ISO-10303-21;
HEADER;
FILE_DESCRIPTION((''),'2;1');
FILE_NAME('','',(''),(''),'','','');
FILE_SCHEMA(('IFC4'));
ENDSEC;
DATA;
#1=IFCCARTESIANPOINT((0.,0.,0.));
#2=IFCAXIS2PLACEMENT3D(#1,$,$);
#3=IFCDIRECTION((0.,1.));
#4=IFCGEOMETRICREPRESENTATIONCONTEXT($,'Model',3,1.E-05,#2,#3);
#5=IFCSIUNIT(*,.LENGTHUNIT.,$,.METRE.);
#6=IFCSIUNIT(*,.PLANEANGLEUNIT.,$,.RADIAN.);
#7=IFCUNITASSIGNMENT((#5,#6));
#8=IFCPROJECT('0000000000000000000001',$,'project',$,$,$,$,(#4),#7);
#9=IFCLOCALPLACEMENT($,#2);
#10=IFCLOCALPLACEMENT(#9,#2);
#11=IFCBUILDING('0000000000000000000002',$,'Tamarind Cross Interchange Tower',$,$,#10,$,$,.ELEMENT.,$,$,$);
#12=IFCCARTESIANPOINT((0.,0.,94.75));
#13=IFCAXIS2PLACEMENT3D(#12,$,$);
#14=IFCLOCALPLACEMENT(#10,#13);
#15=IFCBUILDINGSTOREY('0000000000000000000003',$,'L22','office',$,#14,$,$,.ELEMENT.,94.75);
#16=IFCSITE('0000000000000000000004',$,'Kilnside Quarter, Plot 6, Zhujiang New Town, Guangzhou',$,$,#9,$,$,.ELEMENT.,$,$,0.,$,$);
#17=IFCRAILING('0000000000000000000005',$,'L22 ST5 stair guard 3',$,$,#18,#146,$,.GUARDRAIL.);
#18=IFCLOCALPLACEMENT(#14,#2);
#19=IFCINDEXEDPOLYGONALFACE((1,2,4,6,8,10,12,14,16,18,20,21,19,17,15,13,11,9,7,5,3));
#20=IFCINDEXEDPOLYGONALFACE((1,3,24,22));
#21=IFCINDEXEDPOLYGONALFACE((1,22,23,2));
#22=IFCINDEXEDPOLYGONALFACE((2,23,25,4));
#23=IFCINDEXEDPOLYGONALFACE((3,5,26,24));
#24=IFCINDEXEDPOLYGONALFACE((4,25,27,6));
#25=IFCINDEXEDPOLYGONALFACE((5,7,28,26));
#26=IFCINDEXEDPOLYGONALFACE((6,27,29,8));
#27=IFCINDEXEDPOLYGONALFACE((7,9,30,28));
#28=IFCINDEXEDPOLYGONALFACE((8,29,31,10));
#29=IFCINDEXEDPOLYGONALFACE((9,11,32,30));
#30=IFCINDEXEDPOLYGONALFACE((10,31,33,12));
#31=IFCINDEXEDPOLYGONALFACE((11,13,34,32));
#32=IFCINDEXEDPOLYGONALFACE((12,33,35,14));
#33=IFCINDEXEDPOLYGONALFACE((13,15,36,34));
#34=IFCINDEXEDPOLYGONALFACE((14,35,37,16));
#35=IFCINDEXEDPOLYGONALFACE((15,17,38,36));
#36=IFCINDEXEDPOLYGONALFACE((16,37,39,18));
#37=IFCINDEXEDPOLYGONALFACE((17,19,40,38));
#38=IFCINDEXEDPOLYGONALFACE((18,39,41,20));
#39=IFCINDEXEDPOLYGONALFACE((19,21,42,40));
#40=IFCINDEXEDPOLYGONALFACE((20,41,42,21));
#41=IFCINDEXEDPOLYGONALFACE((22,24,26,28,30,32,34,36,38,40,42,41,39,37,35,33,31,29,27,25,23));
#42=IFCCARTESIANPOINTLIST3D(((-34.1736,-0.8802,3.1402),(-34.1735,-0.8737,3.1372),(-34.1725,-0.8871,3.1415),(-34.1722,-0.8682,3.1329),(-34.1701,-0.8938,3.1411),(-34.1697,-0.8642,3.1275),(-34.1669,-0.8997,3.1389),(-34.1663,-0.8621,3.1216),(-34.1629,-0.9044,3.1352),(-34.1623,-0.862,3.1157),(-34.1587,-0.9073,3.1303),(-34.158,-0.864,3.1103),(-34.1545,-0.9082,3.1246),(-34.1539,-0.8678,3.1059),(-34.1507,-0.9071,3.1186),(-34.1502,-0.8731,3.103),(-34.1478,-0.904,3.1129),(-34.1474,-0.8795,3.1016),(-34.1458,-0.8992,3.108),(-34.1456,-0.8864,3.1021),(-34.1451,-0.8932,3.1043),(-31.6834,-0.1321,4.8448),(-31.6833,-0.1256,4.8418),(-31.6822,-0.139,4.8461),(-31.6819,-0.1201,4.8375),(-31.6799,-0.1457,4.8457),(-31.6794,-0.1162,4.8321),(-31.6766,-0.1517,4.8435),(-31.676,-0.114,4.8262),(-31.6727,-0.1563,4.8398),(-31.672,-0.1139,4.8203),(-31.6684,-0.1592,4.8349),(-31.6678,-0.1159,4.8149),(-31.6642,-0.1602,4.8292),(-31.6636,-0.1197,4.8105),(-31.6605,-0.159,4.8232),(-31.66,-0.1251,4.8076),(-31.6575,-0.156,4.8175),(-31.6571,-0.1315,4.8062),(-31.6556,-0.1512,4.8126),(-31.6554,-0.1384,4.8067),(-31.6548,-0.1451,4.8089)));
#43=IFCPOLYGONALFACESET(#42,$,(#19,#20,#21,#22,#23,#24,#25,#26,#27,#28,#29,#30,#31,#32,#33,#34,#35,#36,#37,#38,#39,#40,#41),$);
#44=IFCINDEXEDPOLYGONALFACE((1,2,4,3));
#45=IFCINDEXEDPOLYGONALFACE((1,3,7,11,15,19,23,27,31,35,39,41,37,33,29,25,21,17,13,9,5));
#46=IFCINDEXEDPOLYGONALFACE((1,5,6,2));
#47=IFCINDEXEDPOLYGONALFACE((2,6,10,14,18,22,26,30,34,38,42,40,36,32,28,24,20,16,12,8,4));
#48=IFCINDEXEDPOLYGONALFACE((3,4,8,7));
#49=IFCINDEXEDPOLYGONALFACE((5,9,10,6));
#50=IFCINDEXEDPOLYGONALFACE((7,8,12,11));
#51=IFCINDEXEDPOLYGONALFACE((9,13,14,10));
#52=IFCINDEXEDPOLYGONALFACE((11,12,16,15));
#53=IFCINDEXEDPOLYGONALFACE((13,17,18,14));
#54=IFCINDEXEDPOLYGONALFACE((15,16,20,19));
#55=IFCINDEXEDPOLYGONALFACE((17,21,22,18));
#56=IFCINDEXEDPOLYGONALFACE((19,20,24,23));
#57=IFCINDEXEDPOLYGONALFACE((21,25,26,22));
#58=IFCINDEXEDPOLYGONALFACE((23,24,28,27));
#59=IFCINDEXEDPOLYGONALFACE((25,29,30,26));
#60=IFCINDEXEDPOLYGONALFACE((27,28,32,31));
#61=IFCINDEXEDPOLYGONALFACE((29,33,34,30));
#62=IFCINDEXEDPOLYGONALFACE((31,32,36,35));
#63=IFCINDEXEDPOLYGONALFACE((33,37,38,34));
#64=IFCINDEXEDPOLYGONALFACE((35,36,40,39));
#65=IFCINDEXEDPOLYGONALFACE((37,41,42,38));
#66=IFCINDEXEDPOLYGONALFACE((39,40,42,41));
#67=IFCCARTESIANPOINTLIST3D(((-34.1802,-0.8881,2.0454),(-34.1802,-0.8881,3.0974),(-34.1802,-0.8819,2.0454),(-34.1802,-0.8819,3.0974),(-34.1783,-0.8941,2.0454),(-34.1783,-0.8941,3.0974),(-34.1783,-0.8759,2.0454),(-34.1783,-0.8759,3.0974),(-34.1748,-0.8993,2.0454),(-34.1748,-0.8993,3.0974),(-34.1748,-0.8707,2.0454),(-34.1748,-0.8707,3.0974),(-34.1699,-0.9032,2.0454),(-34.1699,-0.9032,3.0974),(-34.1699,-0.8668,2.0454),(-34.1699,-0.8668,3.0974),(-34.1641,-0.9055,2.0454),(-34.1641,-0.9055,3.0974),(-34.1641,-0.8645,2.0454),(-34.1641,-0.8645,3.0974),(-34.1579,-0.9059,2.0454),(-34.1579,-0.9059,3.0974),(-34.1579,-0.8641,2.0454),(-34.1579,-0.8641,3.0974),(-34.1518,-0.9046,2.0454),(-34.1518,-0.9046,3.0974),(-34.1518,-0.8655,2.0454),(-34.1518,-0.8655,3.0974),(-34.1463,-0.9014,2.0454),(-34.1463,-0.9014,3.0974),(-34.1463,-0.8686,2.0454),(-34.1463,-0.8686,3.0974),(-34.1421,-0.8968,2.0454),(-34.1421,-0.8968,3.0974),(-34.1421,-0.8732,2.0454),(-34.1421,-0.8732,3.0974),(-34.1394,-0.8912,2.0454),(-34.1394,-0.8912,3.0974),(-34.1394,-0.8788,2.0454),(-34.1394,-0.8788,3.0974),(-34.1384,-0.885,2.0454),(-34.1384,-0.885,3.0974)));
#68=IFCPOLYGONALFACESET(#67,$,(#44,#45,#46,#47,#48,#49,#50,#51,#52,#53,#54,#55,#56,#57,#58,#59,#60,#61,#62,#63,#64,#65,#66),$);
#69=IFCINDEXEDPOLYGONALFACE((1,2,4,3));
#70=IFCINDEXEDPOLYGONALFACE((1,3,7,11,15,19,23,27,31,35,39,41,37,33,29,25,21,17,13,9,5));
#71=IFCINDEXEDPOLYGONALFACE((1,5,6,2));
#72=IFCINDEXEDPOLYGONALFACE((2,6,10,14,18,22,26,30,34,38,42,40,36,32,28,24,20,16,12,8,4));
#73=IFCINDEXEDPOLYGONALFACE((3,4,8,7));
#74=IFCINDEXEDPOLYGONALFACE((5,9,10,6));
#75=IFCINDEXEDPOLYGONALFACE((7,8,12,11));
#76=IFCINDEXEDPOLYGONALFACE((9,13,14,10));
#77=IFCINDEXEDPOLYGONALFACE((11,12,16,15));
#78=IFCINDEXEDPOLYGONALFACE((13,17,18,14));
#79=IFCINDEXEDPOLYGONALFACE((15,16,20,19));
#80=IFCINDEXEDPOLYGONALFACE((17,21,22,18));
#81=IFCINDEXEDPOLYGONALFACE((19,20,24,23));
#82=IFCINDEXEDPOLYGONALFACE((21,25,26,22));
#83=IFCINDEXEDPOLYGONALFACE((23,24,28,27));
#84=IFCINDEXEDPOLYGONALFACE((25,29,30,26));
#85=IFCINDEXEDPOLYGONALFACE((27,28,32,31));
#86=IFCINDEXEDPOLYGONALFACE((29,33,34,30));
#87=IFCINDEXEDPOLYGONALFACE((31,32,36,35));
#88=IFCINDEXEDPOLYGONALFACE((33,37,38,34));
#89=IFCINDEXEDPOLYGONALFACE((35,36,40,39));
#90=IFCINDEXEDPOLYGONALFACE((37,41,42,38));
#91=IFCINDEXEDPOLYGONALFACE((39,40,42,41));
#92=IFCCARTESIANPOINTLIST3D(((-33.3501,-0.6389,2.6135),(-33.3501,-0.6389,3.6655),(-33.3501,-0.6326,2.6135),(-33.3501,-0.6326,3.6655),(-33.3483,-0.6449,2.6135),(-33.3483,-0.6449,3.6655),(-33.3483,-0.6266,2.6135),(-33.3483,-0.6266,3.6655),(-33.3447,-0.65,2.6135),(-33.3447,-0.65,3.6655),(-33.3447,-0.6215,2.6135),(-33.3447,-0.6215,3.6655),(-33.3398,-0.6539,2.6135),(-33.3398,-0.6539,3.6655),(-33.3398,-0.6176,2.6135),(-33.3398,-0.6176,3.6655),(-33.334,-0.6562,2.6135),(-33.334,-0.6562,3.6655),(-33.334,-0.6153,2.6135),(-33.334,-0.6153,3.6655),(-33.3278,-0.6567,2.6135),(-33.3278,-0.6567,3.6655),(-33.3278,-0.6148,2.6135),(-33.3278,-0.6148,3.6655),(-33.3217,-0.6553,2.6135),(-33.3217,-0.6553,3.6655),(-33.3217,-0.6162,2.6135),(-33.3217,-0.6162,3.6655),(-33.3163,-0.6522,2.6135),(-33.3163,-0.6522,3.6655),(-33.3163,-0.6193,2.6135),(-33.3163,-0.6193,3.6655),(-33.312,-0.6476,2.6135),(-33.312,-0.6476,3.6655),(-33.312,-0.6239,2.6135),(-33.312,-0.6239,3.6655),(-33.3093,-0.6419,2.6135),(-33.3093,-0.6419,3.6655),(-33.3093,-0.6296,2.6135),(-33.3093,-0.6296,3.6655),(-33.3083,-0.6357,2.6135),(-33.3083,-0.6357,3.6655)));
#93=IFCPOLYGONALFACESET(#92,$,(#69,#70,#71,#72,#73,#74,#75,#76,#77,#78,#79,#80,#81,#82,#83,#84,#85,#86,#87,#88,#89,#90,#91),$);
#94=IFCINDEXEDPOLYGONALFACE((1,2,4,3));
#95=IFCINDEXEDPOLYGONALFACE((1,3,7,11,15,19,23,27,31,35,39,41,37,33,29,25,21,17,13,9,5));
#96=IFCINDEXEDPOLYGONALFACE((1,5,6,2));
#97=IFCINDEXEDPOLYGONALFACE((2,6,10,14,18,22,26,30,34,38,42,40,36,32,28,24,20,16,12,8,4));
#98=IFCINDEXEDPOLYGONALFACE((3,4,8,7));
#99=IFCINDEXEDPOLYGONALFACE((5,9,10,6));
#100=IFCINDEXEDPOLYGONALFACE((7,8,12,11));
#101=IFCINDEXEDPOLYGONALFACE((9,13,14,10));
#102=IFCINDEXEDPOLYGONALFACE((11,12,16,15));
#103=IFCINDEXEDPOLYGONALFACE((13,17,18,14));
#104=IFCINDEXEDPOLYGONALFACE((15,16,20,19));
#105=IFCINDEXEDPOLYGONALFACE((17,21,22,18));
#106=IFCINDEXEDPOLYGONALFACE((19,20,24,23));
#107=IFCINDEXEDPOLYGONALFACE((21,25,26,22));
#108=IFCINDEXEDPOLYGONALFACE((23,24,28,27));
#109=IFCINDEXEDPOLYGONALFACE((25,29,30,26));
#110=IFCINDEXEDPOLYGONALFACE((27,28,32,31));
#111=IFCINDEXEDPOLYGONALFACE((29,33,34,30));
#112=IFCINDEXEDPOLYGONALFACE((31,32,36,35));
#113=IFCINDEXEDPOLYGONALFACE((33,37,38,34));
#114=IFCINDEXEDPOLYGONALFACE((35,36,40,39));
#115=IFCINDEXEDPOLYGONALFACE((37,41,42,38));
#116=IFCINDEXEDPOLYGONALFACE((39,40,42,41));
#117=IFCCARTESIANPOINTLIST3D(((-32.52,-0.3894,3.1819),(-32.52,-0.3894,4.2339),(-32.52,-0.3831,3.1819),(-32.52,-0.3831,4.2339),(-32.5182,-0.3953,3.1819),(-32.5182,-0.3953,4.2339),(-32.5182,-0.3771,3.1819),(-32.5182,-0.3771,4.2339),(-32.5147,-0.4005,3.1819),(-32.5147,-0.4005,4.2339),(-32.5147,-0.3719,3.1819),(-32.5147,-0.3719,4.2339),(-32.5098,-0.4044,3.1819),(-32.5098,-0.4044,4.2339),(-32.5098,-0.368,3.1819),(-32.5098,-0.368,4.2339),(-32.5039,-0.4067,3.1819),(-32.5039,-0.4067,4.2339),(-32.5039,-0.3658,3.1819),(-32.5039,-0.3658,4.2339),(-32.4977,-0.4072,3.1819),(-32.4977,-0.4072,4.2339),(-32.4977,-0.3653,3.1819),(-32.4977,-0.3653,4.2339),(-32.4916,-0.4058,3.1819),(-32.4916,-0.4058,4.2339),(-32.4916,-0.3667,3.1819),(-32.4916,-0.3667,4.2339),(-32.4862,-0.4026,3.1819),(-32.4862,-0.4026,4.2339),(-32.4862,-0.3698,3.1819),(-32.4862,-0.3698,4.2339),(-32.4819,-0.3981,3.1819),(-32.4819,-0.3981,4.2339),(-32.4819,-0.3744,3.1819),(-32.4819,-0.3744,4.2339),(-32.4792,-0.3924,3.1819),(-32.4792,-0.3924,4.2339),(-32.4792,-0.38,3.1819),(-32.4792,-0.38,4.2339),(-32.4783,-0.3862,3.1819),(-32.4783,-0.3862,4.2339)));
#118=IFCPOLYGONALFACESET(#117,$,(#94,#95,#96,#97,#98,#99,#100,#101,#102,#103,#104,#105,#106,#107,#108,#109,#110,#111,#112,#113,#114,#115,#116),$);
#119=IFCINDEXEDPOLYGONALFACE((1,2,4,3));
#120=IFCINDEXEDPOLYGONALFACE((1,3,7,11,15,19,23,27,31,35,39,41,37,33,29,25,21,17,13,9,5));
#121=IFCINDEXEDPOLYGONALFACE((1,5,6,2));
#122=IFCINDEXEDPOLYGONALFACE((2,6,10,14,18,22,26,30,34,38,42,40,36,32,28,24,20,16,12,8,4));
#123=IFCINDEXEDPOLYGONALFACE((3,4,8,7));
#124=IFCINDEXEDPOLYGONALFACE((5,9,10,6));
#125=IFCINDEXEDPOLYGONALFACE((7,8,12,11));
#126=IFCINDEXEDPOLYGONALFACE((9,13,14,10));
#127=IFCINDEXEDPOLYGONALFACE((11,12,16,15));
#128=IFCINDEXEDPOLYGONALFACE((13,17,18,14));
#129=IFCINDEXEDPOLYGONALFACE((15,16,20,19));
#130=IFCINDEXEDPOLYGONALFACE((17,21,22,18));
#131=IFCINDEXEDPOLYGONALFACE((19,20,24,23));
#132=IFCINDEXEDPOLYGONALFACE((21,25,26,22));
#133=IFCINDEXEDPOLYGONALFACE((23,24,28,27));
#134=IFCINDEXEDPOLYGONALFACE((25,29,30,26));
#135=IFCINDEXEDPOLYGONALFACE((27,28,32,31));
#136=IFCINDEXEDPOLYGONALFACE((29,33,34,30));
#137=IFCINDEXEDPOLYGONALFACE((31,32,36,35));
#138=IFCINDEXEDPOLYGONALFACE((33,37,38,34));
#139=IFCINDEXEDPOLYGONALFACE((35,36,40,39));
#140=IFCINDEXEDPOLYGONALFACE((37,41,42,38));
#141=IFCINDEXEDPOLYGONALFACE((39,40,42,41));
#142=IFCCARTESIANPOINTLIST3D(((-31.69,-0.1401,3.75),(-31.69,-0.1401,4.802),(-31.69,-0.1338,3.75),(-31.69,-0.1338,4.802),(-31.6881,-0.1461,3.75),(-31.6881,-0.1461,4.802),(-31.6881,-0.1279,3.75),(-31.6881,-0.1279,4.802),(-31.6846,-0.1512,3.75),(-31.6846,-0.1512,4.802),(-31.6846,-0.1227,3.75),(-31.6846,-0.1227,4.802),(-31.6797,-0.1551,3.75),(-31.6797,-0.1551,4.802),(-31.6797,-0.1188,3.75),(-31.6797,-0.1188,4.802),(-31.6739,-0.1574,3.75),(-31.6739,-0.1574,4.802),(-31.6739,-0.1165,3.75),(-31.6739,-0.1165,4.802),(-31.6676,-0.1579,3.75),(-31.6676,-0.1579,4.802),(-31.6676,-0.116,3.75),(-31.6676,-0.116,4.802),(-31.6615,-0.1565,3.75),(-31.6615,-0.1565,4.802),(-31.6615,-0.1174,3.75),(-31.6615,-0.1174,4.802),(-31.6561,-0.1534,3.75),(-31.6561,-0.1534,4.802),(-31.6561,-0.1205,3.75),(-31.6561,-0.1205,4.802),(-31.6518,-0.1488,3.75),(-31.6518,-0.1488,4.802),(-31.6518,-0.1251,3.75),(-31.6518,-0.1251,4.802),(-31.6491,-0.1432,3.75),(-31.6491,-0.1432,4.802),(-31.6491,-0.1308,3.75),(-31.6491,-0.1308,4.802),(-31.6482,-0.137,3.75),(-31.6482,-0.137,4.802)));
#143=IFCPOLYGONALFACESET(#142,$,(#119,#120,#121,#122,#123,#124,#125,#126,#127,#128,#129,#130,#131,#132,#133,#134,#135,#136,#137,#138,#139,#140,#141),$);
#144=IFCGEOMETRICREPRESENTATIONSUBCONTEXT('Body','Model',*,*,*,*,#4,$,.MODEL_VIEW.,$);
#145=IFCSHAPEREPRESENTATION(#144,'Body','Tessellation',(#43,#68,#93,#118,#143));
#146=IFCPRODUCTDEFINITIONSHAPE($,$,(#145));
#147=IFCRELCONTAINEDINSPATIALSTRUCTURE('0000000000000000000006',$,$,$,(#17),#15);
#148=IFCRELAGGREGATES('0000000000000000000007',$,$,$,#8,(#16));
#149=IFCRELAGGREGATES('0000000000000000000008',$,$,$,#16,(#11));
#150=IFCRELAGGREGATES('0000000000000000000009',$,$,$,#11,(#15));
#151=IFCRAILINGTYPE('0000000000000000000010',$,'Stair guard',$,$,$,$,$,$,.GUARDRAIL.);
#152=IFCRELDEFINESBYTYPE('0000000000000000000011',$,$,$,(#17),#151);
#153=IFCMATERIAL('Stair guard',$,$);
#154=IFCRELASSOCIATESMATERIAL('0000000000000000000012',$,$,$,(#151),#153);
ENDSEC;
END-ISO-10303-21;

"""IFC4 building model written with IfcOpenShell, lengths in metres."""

from ifc_helpers import new_model, si_unit, direction, frame, origin, origin_2d, place, context, subcontext, project, spatial, circle, extrude, material, type_object, element, save


model = new_model("IFC4")

# Units and contexts
model_context = context("Model", 3, precision=1e-05, world=origin(), true_north=direction((0.0, 1.0)))
body_context = subcontext(model_context, "Body", "Model", "MODEL_VIEW")
ifc_project = project(units=[si_unit("LENGTHUNIT", "METRE"), si_unit("PLANEANGLEUNIT", "RADIAN")], contexts=[model_context])

# Site, building, storey
site_placement = place(None, origin())
site = spatial("IfcSite", under=ifc_project, at=site_placement, Name="Kilnside Quarter, Plot 6, Zhujiang New Town, Guangzhou", CompositionType="ELEMENT", RefElevation=0.0)
building_placement = place(site_placement, origin())
building = spatial("IfcBuilding", under=site, at=building_placement, Name="Tamarind Cross Interchange Tower", CompositionType="ELEMENT")
storey_placement = place(building_placement, frame((0.0, 0.0, 94.75)))
storey = spatial("IfcBuildingStorey", under=building, at=storey_placement, Name="L22", Description="office", CompositionType="ELEMENT", Elevation=94.75)

# Railing
ifc_material_1 = material(Name="Stair guard")
railing_type_1 = type_object("IfcRailingType", Name="Stair guard", PredefinedType="GUARDRAIL", material=ifc_material_1)
railing_1_placement = place(storey_placement, frame((-34.1594, -0.885, 2.0454)))
element("IfcRailing", 1, at=railing_1_placement, inside=storey, type_object=railing_type_1, Name="L22 ST5 stair guard 3", PredefinedType="GUARDRAIL", context=body_context, shape_type="SweptSolid", body=[
    extrude(circle(Radius=0.0239, at=origin_2d()), frame((0.0, 0.0, 1.0762), z_axis=(0.800952, 0.2406, 0.548259), x_axis=(-0.287692, 0.957723, 0.0)), (0.0, 0.0, 1.0), 3.1091),
    extrude(circle(Radius=0.021, at=origin_2d()), origin(), (0.0, 0.0, 1.0), 1.052),
    extrude(circle(Radius=0.021, at=origin_2d()), frame((0.8301, 0.2493, 0.5681)), (0.0, 0.0, 1.0), 1.052),
    extrude(circle(Radius=0.021, at=origin_2d()), frame((1.6602, 0.4988, 1.1365)), (0.0, 0.0, 1.0), 1.052),
    extrude(circle(Radius=0.021, at=origin_2d()), frame((2.4902, 0.748, 1.7046)), (0.0, 0.0, 1.0), 1.052),
])

save(model, "model.ifc")
